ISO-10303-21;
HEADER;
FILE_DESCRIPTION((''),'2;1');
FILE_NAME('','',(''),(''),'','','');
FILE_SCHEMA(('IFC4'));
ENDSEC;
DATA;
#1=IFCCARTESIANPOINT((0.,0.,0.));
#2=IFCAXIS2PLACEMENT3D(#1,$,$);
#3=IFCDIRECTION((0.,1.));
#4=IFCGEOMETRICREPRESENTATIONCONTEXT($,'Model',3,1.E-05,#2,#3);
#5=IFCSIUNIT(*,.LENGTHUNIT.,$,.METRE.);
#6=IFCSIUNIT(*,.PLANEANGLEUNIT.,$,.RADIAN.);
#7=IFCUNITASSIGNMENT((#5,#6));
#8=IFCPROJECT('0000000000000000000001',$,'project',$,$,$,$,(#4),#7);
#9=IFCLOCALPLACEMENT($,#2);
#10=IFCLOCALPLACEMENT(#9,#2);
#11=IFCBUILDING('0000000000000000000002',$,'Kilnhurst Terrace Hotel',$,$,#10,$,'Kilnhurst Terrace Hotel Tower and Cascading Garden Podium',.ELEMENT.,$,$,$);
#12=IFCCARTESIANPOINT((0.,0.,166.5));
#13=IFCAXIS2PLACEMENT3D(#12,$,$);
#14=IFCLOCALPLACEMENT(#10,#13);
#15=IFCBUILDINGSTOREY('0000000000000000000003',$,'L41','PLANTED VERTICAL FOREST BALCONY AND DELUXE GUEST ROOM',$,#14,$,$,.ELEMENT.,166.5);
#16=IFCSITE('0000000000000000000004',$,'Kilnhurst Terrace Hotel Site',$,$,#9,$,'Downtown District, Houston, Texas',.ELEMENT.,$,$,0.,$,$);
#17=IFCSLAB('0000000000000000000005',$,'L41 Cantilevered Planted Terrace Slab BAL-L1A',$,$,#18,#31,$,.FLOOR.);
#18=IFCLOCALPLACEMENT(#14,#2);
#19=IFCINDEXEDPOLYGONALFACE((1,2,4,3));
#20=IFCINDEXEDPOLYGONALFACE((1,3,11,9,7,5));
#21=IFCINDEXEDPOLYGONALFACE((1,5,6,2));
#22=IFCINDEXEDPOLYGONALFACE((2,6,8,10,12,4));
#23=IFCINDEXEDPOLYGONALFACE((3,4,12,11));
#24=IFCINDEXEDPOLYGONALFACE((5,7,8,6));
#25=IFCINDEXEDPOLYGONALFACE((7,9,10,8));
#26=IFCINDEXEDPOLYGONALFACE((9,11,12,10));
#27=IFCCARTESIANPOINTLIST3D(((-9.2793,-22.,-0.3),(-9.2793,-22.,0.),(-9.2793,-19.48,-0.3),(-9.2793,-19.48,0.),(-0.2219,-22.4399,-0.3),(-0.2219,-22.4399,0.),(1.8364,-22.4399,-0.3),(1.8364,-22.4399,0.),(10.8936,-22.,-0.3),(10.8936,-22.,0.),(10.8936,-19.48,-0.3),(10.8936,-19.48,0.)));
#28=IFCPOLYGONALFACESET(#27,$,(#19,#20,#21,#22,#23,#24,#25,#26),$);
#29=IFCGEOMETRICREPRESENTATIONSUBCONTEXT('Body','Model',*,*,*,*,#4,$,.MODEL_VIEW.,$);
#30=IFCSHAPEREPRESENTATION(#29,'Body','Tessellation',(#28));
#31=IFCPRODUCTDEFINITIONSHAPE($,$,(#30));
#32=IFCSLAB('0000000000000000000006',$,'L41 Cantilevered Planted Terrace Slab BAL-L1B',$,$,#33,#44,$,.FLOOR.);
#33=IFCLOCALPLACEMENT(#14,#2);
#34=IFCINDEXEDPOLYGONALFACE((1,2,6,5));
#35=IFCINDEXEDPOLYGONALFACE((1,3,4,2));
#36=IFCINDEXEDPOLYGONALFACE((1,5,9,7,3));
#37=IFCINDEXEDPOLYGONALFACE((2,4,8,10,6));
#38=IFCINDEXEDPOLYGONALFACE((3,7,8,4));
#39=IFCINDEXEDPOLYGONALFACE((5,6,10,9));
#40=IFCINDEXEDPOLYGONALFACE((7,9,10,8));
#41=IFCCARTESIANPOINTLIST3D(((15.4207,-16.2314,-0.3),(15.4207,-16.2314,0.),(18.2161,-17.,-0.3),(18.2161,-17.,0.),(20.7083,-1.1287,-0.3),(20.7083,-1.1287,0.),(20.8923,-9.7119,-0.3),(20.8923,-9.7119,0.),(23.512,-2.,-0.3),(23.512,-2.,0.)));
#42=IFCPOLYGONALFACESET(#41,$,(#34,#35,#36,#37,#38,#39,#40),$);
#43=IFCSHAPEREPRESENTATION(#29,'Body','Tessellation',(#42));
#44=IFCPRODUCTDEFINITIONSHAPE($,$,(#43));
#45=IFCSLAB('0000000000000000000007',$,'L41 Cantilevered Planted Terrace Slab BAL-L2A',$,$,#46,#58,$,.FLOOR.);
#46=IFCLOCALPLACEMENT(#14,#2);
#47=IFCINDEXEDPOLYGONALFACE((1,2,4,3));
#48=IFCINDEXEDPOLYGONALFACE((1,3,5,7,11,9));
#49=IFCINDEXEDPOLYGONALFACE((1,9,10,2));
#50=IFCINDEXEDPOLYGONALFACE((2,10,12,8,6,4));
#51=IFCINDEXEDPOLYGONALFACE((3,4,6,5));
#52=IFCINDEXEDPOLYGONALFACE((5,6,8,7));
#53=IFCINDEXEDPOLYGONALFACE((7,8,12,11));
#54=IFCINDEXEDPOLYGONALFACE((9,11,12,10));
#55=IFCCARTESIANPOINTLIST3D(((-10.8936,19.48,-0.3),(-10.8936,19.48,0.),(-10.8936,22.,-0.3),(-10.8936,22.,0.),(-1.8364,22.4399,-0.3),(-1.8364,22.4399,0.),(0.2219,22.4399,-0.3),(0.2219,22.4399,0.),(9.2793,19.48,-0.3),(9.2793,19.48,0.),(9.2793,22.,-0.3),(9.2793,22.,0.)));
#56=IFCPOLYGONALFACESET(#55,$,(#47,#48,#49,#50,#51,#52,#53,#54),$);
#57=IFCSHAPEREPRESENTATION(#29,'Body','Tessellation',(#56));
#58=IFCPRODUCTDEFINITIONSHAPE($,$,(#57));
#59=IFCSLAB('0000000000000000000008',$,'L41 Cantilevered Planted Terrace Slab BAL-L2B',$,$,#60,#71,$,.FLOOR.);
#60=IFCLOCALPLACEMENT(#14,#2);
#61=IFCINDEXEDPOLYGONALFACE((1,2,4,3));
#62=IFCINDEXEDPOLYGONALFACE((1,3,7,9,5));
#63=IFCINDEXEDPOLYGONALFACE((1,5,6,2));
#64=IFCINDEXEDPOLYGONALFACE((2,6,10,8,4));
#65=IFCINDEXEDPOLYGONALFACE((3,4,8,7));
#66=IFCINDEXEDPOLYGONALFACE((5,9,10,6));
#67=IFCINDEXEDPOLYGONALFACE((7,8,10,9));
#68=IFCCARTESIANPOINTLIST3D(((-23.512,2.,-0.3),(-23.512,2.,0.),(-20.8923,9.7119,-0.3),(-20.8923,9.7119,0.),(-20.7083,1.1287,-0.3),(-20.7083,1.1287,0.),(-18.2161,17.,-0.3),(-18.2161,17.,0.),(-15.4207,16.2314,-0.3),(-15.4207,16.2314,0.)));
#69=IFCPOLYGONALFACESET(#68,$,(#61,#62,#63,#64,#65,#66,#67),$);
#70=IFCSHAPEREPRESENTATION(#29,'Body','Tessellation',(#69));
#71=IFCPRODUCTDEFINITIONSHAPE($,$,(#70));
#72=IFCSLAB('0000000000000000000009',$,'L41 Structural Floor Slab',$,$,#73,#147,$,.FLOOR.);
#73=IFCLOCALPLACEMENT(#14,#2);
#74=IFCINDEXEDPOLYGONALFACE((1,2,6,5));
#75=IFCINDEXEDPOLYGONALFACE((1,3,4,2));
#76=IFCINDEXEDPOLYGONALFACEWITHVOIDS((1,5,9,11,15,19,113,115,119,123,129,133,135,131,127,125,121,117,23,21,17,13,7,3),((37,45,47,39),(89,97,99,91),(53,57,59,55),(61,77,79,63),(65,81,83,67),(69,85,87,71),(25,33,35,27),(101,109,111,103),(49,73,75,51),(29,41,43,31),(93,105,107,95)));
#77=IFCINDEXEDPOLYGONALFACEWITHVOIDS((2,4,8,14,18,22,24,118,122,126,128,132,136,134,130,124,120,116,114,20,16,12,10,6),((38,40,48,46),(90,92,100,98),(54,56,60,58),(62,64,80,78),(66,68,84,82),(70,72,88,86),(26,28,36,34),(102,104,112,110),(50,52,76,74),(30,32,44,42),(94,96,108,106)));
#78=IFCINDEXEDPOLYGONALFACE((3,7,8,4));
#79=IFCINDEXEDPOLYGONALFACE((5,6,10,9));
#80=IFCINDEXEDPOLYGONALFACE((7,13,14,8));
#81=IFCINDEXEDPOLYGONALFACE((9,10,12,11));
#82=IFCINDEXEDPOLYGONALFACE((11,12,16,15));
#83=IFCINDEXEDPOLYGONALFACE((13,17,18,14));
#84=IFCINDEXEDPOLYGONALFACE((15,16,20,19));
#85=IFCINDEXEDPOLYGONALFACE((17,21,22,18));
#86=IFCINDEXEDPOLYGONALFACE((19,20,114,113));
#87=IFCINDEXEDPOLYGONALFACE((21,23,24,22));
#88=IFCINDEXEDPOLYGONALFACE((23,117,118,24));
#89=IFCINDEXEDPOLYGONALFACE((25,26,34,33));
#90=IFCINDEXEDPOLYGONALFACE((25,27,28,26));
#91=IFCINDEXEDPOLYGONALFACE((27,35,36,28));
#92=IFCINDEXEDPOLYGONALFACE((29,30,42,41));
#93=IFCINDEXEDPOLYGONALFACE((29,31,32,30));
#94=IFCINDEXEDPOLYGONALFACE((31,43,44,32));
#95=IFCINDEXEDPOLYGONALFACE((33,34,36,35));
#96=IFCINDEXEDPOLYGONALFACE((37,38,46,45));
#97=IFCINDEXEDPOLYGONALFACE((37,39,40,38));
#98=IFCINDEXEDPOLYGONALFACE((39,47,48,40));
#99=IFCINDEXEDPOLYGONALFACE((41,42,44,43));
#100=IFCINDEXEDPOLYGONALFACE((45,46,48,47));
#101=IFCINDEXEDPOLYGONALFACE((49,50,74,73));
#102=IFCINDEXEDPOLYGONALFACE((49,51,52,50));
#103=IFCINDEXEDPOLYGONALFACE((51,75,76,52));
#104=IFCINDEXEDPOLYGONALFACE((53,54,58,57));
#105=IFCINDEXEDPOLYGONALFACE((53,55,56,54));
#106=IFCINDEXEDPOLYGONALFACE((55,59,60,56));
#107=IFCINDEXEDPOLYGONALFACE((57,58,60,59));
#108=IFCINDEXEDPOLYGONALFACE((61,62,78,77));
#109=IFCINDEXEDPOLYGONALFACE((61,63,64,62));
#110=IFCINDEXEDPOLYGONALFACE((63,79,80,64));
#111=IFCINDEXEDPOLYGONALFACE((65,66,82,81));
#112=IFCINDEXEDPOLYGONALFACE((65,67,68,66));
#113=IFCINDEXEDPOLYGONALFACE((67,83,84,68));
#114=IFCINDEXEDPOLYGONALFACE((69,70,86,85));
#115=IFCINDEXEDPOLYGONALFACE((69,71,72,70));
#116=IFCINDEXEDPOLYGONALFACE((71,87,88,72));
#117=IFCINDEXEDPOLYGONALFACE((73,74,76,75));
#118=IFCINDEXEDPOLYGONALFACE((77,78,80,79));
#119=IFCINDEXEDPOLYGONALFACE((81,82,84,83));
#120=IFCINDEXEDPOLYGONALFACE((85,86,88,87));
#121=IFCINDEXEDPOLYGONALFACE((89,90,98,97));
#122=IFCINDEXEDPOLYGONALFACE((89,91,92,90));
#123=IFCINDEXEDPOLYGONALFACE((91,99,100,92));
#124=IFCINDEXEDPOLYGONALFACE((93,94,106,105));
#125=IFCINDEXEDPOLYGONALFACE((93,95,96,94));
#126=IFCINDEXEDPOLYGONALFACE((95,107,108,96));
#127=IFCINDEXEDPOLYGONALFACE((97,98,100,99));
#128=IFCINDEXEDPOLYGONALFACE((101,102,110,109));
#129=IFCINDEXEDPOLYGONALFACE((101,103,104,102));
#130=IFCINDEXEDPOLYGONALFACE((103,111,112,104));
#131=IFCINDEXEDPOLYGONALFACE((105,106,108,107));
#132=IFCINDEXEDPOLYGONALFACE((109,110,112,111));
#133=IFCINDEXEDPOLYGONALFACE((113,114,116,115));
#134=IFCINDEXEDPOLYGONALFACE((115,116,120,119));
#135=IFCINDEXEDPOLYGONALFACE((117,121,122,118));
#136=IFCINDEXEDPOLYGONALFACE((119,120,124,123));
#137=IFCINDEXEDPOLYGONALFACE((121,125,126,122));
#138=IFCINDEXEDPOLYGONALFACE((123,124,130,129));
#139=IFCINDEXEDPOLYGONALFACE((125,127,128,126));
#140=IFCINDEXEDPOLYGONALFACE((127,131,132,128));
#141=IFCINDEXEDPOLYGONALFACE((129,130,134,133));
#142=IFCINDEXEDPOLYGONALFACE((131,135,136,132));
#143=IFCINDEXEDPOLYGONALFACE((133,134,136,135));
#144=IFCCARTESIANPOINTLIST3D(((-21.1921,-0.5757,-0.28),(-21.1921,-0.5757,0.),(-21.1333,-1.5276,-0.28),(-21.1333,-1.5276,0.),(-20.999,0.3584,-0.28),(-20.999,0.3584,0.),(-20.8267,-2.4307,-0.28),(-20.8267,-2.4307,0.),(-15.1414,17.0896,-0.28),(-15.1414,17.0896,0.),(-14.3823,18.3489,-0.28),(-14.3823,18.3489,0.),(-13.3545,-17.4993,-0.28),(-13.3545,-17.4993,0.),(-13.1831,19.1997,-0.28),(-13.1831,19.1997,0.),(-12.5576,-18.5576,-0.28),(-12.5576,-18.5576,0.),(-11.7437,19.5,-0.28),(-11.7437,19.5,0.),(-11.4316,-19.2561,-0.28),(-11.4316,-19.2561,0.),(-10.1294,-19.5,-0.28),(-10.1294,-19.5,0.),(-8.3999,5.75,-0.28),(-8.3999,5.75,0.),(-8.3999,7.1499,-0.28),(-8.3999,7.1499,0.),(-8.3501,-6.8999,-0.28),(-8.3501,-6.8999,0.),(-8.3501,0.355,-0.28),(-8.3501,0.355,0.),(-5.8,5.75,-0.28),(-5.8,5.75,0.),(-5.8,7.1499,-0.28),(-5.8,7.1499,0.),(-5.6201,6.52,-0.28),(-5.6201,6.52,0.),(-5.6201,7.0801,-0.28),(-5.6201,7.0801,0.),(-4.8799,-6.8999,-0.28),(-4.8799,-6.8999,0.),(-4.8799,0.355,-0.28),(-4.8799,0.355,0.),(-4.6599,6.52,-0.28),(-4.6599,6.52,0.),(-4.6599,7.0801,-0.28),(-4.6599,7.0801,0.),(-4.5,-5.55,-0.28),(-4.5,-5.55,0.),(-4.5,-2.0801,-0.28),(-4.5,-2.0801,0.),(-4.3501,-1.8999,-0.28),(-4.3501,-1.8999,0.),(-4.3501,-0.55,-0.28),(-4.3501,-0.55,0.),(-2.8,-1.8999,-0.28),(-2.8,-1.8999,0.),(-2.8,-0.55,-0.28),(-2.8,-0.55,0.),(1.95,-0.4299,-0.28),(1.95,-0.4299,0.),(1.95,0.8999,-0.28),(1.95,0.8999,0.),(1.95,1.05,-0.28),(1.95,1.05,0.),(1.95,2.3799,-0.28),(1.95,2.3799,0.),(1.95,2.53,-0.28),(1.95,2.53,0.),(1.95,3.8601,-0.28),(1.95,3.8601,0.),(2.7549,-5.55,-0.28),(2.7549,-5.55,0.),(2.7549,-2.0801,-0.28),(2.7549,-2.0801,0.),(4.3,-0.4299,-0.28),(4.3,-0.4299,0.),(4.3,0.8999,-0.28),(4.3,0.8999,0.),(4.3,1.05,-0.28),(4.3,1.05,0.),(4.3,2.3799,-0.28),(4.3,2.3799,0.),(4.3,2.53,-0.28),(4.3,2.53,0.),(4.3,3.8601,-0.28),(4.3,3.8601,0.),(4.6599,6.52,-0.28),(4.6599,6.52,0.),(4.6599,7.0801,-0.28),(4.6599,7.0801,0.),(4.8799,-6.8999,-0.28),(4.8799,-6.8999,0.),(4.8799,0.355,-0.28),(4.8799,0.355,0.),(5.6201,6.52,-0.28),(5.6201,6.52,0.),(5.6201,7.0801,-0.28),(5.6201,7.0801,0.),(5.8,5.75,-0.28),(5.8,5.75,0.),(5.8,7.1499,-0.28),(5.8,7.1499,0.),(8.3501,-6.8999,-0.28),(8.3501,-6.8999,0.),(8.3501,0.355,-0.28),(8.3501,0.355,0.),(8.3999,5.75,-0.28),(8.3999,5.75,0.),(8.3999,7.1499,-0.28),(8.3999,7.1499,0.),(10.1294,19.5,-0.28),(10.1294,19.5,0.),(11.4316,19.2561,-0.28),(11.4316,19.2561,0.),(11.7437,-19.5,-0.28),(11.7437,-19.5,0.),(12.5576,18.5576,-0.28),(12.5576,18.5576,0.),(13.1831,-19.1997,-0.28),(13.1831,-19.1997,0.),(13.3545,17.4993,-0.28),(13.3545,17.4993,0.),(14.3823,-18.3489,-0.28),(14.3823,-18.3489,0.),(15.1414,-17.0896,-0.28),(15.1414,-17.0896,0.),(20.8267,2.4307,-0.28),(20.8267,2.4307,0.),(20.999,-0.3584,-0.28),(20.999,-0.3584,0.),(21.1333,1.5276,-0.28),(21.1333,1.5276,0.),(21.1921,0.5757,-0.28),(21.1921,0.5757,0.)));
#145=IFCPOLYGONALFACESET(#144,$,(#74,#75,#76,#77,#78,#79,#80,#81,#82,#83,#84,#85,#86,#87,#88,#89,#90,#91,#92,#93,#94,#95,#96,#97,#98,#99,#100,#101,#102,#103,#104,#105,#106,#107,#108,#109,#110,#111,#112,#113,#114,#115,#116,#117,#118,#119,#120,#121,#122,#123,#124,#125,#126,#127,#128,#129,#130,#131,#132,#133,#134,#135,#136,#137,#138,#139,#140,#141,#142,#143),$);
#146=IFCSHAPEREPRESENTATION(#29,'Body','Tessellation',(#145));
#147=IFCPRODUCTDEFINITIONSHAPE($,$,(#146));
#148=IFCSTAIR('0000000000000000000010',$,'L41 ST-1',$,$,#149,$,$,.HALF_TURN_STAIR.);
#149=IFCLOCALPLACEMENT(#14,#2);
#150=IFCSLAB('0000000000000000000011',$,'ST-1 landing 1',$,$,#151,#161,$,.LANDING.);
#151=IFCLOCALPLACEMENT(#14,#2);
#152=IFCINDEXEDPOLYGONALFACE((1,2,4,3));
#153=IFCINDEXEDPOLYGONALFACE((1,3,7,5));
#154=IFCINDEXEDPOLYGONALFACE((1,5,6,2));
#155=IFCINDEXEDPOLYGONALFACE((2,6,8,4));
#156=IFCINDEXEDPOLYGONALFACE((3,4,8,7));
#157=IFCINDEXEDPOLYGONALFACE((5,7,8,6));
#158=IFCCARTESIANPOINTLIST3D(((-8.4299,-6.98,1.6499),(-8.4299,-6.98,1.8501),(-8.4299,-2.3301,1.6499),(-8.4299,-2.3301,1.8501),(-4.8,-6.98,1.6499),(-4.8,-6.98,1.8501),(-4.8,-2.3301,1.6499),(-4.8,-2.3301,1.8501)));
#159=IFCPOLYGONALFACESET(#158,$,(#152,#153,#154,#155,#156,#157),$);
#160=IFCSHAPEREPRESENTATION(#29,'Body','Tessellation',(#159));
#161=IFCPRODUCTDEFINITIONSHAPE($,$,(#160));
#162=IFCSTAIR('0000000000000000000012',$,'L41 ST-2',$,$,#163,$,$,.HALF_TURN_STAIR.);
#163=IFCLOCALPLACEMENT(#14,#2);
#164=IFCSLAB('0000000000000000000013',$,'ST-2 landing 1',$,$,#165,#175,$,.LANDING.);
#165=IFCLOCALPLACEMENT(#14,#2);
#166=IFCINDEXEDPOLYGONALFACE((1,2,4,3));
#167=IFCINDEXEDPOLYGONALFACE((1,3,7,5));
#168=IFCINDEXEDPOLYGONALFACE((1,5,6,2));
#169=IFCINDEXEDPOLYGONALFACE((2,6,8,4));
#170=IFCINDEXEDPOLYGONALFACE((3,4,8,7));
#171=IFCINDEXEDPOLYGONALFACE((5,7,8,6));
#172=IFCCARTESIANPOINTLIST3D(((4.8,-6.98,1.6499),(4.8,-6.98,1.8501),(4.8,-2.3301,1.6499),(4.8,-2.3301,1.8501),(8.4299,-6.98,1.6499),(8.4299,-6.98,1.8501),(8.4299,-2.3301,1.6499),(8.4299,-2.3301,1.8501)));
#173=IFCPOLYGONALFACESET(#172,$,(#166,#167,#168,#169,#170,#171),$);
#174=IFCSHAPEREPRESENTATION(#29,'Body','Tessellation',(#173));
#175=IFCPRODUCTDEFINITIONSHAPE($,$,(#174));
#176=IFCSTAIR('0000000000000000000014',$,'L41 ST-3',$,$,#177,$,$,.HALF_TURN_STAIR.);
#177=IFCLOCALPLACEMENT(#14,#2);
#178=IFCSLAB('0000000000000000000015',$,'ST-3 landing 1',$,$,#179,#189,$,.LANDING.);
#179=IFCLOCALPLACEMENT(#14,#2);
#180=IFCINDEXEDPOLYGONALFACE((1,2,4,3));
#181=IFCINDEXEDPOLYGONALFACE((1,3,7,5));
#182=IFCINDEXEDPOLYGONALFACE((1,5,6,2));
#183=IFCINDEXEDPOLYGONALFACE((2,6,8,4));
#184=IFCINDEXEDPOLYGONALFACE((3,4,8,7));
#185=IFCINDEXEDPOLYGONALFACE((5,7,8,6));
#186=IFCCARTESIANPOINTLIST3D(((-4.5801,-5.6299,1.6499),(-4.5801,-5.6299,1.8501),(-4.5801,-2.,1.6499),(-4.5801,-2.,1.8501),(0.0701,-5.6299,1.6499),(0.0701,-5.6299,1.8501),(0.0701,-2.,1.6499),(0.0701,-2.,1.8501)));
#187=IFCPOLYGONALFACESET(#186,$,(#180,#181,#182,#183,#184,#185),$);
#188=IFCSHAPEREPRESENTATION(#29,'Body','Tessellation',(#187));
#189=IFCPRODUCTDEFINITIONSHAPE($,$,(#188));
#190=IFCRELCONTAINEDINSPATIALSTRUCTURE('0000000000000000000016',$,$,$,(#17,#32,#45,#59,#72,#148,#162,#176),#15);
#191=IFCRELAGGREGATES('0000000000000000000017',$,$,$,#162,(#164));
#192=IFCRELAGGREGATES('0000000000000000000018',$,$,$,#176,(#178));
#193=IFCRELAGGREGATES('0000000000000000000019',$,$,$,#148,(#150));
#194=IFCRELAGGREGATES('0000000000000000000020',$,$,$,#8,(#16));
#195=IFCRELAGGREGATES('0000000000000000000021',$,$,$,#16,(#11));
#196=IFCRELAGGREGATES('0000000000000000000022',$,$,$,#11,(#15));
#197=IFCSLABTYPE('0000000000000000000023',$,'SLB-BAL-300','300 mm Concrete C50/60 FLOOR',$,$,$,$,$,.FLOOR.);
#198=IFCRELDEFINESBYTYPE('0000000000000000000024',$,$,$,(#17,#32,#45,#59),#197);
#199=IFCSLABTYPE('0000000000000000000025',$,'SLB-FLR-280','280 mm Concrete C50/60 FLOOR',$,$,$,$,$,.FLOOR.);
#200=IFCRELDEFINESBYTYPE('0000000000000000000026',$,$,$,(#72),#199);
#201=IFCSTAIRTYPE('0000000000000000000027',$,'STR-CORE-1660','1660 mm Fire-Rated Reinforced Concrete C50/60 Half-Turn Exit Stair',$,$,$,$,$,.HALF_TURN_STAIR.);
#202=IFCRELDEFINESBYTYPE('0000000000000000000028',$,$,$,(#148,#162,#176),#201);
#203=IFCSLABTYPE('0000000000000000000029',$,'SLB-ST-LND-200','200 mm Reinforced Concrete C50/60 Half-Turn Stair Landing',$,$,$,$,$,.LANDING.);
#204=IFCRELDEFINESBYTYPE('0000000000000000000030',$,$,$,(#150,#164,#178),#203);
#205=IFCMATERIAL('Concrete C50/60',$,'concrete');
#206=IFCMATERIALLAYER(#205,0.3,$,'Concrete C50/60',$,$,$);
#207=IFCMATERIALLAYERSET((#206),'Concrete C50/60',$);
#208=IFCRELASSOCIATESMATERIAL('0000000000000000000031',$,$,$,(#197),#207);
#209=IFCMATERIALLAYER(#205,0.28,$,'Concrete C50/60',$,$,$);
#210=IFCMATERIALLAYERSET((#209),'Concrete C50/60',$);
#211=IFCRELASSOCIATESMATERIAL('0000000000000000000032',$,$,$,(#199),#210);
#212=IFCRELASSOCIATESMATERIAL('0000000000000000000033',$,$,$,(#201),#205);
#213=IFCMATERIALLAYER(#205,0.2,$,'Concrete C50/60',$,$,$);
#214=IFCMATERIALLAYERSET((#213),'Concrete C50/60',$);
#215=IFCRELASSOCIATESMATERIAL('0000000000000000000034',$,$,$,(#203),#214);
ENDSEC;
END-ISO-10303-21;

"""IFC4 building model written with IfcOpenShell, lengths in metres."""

from ifc_helpers import new_model, si_unit, direction, frame, origin, place, context, subcontext, project, spatial, polyline, outline, extrude, material, layer, layer_set, type_object, element, aggregate, save


model = new_model("IFC4")

# Units and contexts
model_context = context("Model", 3, precision=1e-05, world=origin(), true_north=direction((0.0, 1.0)))
body_context = subcontext(model_context, "Body", "Model", "MODEL_VIEW")
ifc_project = project(units=[si_unit("LENGTHUNIT", "METRE"), si_unit("PLANEANGLEUNIT", "RADIAN")], contexts=[model_context])

# Site, building, storey
site_placement = place(None, origin())
site = spatial("IfcSite", under=ifc_project, at=site_placement, Name="Kilnhurst Terrace Hotel Site", LongName="Downtown District, Houston, Texas", CompositionType="ELEMENT", RefElevation=0.0)
building_placement = place(site_placement, origin())
building = spatial("IfcBuilding", under=site, at=building_placement, Name="Kilnhurst Terrace Hotel", LongName="Kilnhurst Terrace Hotel Tower and Cascading Garden Podium", CompositionType="ELEMENT")
storey_placement = place(building_placement, frame((0.0, 0.0, 166.5)))
storey = spatial("IfcBuildingStorey", under=building, at=storey_placement, Name="L41", Description="PLANTED VERTICAL FOREST BALCONY AND DELUXE GUEST ROOM", CompositionType="ELEMENT", Elevation=166.5)

# Slabs
ifc_material_1 = material(Name="Concrete C50/60", Category="concrete")
ifc_layer_1 = layer(ifc_material_1, 0.3, Name="Concrete C50/60")
ifc_layer_set_1 = layer_set([ifc_layer_1], Name="Concrete C50/60")
slab_type_1 = type_object("IfcSlabType", Name="SLB-BAL-300", Description="300 mm Concrete C50/60 FLOOR", PredefinedType="FLOOR", material=ifc_layer_set_1)
slab_1_placement = place(storey_placement, frame((0.0, 0.0, -0.3)))
element("IfcSlab", 1, at=slab_1_placement, inside=storey, type_object=slab_type_1, Name="L41 Cantilevered Planted Terrace Slab BAL-L1A", PredefinedType="FLOOR", context=body_context, shape_type="SweptSolid", body=[
    extrude(outline(polyline([(1.8364, -22.4399), (-0.2219, -22.4399), (-9.2793, -22.0), (-9.2793, -19.48), (10.8936, -19.48), (10.8936, -22.0), (1.8364, -22.4399)])), origin(), (0.0, 0.0, 1.0), 0.3),
])
slab_2_placement = place(storey_placement, frame((0.0, 0.0, -0.3)))
element("IfcSlab", 2, at=slab_2_placement, inside=storey, type_object=slab_type_1, Name="L41 Cantilevered Planted Terrace Slab BAL-L1B", PredefinedType="FLOOR", context=body_context, shape_type="SweptSolid", body=[
    extrude(outline(polyline([(18.2161, -17.0), (15.4207, -16.2314), (20.7083, -1.1287), (23.512, -2.0), (20.8923, -9.7119), (18.2161, -17.0)])), origin(), (0.0, 0.0, 1.0), 0.3),
])
slab_3_placement = place(storey_placement, frame((0.0, 0.0, -0.3)))
element("IfcSlab", 3, at=slab_3_placement, inside=storey, type_object=slab_type_1, Name="L41 Cantilevered Planted Terrace Slab BAL-L2A", PredefinedType="FLOOR", context=body_context, shape_type="SweptSolid", body=[
    extrude(outline(polyline([(0.2219, 22.4399), (9.2793, 22.0), (9.2793, 19.48), (-10.8936, 19.48), (-10.8936, 22.0), (-1.8364, 22.4399), (0.2219, 22.4399)])), origin(), (0.0, 0.0, 1.0), 0.3),
])
slab_4_placement = place(storey_placement, frame((0.0, 0.0, -0.3)))
element("IfcSlab", 4, at=slab_4_placement, inside=storey, type_object=slab_type_1, Name="L41 Cantilevered Planted Terrace Slab BAL-L2B", PredefinedType="FLOOR", context=body_context, shape_type="SweptSolid", body=[
    extrude(outline(polyline([(-18.2161, 17.0), (-15.4207, 16.2314), (-20.7083, 1.1287), (-23.512, 2.0), (-20.8923, 9.7119), (-18.2161, 17.0)])), origin(), (0.0, 0.0, 1.0), 0.3),
])
ifc_layer_2 = layer(ifc_material_1, 0.28, Name="Concrete C50/60")
ifc_layer_set_2 = layer_set([ifc_layer_2], Name="Concrete C50/60")
slab_type_2 = type_object("IfcSlabType", Name="SLB-FLR-280", Description="280 mm Concrete C50/60 FLOOR", PredefinedType="FLOOR", material=ifc_layer_set_2)
slab_5_placement = place(storey_placement, frame((0.0, 0.0, -0.28)))
element("IfcSlab", 5, at=slab_5_placement, inside=storey, type_object=slab_type_2, Name="L41 Structural Floor Slab", PredefinedType="FLOOR", context=body_context, shape_type="SweptSolid", body=[
    extrude(outline(polyline([(-13.3545, -17.4993), (-12.5576, -18.5576), (-11.4316, -19.2561), (-10.1294, -19.5), (11.7437, -19.5), (13.1831, -19.1997), (14.3823, -18.3489), (15.1414, -17.0896), (20.999, -0.3584), (21.1921, 0.5757), (21.1333, 1.5276), (20.8267, 2.4307), (13.3545, 17.4993), (12.5576, 18.5576), (11.4316, 19.2561), (10.1294, 19.5), (-11.7437, 19.5), (-13.1831, 19.1997), (-14.3823, 18.3489), (-15.1414, 17.0896), (-20.999, 0.3584), (-21.1921, -0.5757), (-21.1333, -1.5276), (-20.8267, -2.4307), (-13.3545, -17.4993)]), holes=[polyline([(2.7549, -2.0801), (2.7549, -5.55), (-4.5, -5.55), (-4.5, -2.0801), (2.7549, -2.0801)]), polyline([(-8.3501, 0.355), (-4.8799, 0.355), (-4.8799, -6.8999), (-8.3501, -6.8999), (-8.3501, 0.355)]), polyline([(-2.8, -1.8999), (-4.3501, -1.8999), (-4.3501, -0.55), (-2.8, -0.55), (-2.8, -1.8999)]), polyline([(1.95, -0.4299), (1.95, 0.8999), (4.3, 0.8999), (4.3, -0.4299), (1.95, -0.4299)]), polyline([(-8.3999, 5.75), (-8.3999, 7.1499), (-5.8, 7.1499), (-5.8, 5.75), (-8.3999, 5.75)]), polyline([(-4.6599, 6.52), (-5.6201, 6.52), (-5.6201, 7.0801), (-4.6599, 7.0801), (-4.6599, 6.52)]), polyline([(8.3501, 0.355), (8.3501, -6.8999), (4.8799, -6.8999), (4.8799, 0.355), (8.3501, 0.355)]), polyline([(1.95, 1.05), (1.95, 2.3799), (4.3, 2.3799), (4.3, 1.05), (1.95, 1.05)]), polyline([(4.3, 2.53), (1.95, 2.53), (1.95, 3.8601), (4.3, 3.8601), (4.3, 2.53)]), polyline([(5.8, 5.75), (5.8, 7.1499), (8.3999, 7.1499), (8.3999, 5.75), (5.8, 5.75)]), polyline([(4.6599, 6.52), (4.6599, 7.0801), (5.6201, 7.0801), (5.6201, 6.52), (4.6599, 6.52)])]), origin(), (0.0, 0.0, 1.0), 0.28),
])

# Stairs, slabs
stair_type = type_object("IfcStairType", Name="STR-CORE-1660", Description="1660 mm Fire-Rated Reinforced Concrete C50/60 Half-Turn Exit Stair", PredefinedType="HALF_TURN_STAIR", material=ifc_material_1)
stair_1_placement = place(storey_placement, origin())
stair_1 = element("IfcStair", 6, at=stair_1_placement, inside=storey, type_object=stair_type, Name="L41 ST-1", PredefinedType="HALF_TURN_STAIR")
ifc_layer_3 = layer(ifc_material_1, 0.2, Name="Concrete C50/60")
ifc_layer_set_3 = layer_set([ifc_layer_3], Name="Concrete C50/60")
slab_type_3 = type_object("IfcSlabType", Name="SLB-ST-LND-200", Description="200 mm Reinforced Concrete C50/60 Half-Turn Stair Landing", PredefinedType="LANDING", material=ifc_layer_set_3)
slab_6_placement = place(storey_placement, frame((0.0, 0.0, 1.6499)))
slab_6 = element("IfcSlab", 7, at=slab_6_placement, type_object=slab_type_3, Name="ST-1 landing 1", PredefinedType="LANDING", context=body_context, shape_type="SweptSolid", body=[
    extrude(outline(polyline([(-8.4299, -2.3301), (-4.8, -2.3301), (-4.8, -6.98), (-8.4299, -6.98), (-8.4299, -2.3301)])), origin(), (0.0, 0.0, 1.0), 0.2002),
])
stair_2_placement = place(storey_placement, origin())
stair_2 = element("IfcStair", 8, at=stair_2_placement, inside=storey, type_object=stair_type, Name="L41 ST-2", PredefinedType="HALF_TURN_STAIR")
slab_7_placement = place(storey_placement, frame((0.0, 0.0, 1.6499)))
slab_7 = element("IfcSlab", 9, at=slab_7_placement, type_object=slab_type_3, Name="ST-2 landing 1", PredefinedType="LANDING", context=body_context, shape_type="SweptSolid", body=[
    extrude(outline(polyline([(4.8, -2.3301), (8.4299, -2.3301), (8.4299, -6.98), (4.8, -6.98), (4.8, -2.3301)])), origin(), (0.0, 0.0, 1.0), 0.2002),
])
aggregate(stair_2, [slab_7])
stair_3_placement = place(storey_placement, origin())
stair_3 = element("IfcStair", 10, at=stair_3_placement, inside=storey, type_object=stair_type, Name="L41 ST-3", PredefinedType="HALF_TURN_STAIR")
slab_8_placement = place(storey_placement, frame((0.0, 0.0, 1.6499)))
slab_8 = element("IfcSlab", 11, at=slab_8_placement, type_object=slab_type_3, Name="ST-3 landing 1", PredefinedType="LANDING", context=body_context, shape_type="SweptSolid", body=[
    extrude(outline(polyline([(0.0701, -2.0), (0.0701, -5.6299), (-4.5801, -5.6299), (-4.5801, -2.0), (0.0701, -2.0)])), origin(), (0.0, 0.0, 1.0), 0.2002),
])
aggregate(stair_3, [slab_8])

aggregate(stair_1, [slab_6])

save(model, "model.ifc")
